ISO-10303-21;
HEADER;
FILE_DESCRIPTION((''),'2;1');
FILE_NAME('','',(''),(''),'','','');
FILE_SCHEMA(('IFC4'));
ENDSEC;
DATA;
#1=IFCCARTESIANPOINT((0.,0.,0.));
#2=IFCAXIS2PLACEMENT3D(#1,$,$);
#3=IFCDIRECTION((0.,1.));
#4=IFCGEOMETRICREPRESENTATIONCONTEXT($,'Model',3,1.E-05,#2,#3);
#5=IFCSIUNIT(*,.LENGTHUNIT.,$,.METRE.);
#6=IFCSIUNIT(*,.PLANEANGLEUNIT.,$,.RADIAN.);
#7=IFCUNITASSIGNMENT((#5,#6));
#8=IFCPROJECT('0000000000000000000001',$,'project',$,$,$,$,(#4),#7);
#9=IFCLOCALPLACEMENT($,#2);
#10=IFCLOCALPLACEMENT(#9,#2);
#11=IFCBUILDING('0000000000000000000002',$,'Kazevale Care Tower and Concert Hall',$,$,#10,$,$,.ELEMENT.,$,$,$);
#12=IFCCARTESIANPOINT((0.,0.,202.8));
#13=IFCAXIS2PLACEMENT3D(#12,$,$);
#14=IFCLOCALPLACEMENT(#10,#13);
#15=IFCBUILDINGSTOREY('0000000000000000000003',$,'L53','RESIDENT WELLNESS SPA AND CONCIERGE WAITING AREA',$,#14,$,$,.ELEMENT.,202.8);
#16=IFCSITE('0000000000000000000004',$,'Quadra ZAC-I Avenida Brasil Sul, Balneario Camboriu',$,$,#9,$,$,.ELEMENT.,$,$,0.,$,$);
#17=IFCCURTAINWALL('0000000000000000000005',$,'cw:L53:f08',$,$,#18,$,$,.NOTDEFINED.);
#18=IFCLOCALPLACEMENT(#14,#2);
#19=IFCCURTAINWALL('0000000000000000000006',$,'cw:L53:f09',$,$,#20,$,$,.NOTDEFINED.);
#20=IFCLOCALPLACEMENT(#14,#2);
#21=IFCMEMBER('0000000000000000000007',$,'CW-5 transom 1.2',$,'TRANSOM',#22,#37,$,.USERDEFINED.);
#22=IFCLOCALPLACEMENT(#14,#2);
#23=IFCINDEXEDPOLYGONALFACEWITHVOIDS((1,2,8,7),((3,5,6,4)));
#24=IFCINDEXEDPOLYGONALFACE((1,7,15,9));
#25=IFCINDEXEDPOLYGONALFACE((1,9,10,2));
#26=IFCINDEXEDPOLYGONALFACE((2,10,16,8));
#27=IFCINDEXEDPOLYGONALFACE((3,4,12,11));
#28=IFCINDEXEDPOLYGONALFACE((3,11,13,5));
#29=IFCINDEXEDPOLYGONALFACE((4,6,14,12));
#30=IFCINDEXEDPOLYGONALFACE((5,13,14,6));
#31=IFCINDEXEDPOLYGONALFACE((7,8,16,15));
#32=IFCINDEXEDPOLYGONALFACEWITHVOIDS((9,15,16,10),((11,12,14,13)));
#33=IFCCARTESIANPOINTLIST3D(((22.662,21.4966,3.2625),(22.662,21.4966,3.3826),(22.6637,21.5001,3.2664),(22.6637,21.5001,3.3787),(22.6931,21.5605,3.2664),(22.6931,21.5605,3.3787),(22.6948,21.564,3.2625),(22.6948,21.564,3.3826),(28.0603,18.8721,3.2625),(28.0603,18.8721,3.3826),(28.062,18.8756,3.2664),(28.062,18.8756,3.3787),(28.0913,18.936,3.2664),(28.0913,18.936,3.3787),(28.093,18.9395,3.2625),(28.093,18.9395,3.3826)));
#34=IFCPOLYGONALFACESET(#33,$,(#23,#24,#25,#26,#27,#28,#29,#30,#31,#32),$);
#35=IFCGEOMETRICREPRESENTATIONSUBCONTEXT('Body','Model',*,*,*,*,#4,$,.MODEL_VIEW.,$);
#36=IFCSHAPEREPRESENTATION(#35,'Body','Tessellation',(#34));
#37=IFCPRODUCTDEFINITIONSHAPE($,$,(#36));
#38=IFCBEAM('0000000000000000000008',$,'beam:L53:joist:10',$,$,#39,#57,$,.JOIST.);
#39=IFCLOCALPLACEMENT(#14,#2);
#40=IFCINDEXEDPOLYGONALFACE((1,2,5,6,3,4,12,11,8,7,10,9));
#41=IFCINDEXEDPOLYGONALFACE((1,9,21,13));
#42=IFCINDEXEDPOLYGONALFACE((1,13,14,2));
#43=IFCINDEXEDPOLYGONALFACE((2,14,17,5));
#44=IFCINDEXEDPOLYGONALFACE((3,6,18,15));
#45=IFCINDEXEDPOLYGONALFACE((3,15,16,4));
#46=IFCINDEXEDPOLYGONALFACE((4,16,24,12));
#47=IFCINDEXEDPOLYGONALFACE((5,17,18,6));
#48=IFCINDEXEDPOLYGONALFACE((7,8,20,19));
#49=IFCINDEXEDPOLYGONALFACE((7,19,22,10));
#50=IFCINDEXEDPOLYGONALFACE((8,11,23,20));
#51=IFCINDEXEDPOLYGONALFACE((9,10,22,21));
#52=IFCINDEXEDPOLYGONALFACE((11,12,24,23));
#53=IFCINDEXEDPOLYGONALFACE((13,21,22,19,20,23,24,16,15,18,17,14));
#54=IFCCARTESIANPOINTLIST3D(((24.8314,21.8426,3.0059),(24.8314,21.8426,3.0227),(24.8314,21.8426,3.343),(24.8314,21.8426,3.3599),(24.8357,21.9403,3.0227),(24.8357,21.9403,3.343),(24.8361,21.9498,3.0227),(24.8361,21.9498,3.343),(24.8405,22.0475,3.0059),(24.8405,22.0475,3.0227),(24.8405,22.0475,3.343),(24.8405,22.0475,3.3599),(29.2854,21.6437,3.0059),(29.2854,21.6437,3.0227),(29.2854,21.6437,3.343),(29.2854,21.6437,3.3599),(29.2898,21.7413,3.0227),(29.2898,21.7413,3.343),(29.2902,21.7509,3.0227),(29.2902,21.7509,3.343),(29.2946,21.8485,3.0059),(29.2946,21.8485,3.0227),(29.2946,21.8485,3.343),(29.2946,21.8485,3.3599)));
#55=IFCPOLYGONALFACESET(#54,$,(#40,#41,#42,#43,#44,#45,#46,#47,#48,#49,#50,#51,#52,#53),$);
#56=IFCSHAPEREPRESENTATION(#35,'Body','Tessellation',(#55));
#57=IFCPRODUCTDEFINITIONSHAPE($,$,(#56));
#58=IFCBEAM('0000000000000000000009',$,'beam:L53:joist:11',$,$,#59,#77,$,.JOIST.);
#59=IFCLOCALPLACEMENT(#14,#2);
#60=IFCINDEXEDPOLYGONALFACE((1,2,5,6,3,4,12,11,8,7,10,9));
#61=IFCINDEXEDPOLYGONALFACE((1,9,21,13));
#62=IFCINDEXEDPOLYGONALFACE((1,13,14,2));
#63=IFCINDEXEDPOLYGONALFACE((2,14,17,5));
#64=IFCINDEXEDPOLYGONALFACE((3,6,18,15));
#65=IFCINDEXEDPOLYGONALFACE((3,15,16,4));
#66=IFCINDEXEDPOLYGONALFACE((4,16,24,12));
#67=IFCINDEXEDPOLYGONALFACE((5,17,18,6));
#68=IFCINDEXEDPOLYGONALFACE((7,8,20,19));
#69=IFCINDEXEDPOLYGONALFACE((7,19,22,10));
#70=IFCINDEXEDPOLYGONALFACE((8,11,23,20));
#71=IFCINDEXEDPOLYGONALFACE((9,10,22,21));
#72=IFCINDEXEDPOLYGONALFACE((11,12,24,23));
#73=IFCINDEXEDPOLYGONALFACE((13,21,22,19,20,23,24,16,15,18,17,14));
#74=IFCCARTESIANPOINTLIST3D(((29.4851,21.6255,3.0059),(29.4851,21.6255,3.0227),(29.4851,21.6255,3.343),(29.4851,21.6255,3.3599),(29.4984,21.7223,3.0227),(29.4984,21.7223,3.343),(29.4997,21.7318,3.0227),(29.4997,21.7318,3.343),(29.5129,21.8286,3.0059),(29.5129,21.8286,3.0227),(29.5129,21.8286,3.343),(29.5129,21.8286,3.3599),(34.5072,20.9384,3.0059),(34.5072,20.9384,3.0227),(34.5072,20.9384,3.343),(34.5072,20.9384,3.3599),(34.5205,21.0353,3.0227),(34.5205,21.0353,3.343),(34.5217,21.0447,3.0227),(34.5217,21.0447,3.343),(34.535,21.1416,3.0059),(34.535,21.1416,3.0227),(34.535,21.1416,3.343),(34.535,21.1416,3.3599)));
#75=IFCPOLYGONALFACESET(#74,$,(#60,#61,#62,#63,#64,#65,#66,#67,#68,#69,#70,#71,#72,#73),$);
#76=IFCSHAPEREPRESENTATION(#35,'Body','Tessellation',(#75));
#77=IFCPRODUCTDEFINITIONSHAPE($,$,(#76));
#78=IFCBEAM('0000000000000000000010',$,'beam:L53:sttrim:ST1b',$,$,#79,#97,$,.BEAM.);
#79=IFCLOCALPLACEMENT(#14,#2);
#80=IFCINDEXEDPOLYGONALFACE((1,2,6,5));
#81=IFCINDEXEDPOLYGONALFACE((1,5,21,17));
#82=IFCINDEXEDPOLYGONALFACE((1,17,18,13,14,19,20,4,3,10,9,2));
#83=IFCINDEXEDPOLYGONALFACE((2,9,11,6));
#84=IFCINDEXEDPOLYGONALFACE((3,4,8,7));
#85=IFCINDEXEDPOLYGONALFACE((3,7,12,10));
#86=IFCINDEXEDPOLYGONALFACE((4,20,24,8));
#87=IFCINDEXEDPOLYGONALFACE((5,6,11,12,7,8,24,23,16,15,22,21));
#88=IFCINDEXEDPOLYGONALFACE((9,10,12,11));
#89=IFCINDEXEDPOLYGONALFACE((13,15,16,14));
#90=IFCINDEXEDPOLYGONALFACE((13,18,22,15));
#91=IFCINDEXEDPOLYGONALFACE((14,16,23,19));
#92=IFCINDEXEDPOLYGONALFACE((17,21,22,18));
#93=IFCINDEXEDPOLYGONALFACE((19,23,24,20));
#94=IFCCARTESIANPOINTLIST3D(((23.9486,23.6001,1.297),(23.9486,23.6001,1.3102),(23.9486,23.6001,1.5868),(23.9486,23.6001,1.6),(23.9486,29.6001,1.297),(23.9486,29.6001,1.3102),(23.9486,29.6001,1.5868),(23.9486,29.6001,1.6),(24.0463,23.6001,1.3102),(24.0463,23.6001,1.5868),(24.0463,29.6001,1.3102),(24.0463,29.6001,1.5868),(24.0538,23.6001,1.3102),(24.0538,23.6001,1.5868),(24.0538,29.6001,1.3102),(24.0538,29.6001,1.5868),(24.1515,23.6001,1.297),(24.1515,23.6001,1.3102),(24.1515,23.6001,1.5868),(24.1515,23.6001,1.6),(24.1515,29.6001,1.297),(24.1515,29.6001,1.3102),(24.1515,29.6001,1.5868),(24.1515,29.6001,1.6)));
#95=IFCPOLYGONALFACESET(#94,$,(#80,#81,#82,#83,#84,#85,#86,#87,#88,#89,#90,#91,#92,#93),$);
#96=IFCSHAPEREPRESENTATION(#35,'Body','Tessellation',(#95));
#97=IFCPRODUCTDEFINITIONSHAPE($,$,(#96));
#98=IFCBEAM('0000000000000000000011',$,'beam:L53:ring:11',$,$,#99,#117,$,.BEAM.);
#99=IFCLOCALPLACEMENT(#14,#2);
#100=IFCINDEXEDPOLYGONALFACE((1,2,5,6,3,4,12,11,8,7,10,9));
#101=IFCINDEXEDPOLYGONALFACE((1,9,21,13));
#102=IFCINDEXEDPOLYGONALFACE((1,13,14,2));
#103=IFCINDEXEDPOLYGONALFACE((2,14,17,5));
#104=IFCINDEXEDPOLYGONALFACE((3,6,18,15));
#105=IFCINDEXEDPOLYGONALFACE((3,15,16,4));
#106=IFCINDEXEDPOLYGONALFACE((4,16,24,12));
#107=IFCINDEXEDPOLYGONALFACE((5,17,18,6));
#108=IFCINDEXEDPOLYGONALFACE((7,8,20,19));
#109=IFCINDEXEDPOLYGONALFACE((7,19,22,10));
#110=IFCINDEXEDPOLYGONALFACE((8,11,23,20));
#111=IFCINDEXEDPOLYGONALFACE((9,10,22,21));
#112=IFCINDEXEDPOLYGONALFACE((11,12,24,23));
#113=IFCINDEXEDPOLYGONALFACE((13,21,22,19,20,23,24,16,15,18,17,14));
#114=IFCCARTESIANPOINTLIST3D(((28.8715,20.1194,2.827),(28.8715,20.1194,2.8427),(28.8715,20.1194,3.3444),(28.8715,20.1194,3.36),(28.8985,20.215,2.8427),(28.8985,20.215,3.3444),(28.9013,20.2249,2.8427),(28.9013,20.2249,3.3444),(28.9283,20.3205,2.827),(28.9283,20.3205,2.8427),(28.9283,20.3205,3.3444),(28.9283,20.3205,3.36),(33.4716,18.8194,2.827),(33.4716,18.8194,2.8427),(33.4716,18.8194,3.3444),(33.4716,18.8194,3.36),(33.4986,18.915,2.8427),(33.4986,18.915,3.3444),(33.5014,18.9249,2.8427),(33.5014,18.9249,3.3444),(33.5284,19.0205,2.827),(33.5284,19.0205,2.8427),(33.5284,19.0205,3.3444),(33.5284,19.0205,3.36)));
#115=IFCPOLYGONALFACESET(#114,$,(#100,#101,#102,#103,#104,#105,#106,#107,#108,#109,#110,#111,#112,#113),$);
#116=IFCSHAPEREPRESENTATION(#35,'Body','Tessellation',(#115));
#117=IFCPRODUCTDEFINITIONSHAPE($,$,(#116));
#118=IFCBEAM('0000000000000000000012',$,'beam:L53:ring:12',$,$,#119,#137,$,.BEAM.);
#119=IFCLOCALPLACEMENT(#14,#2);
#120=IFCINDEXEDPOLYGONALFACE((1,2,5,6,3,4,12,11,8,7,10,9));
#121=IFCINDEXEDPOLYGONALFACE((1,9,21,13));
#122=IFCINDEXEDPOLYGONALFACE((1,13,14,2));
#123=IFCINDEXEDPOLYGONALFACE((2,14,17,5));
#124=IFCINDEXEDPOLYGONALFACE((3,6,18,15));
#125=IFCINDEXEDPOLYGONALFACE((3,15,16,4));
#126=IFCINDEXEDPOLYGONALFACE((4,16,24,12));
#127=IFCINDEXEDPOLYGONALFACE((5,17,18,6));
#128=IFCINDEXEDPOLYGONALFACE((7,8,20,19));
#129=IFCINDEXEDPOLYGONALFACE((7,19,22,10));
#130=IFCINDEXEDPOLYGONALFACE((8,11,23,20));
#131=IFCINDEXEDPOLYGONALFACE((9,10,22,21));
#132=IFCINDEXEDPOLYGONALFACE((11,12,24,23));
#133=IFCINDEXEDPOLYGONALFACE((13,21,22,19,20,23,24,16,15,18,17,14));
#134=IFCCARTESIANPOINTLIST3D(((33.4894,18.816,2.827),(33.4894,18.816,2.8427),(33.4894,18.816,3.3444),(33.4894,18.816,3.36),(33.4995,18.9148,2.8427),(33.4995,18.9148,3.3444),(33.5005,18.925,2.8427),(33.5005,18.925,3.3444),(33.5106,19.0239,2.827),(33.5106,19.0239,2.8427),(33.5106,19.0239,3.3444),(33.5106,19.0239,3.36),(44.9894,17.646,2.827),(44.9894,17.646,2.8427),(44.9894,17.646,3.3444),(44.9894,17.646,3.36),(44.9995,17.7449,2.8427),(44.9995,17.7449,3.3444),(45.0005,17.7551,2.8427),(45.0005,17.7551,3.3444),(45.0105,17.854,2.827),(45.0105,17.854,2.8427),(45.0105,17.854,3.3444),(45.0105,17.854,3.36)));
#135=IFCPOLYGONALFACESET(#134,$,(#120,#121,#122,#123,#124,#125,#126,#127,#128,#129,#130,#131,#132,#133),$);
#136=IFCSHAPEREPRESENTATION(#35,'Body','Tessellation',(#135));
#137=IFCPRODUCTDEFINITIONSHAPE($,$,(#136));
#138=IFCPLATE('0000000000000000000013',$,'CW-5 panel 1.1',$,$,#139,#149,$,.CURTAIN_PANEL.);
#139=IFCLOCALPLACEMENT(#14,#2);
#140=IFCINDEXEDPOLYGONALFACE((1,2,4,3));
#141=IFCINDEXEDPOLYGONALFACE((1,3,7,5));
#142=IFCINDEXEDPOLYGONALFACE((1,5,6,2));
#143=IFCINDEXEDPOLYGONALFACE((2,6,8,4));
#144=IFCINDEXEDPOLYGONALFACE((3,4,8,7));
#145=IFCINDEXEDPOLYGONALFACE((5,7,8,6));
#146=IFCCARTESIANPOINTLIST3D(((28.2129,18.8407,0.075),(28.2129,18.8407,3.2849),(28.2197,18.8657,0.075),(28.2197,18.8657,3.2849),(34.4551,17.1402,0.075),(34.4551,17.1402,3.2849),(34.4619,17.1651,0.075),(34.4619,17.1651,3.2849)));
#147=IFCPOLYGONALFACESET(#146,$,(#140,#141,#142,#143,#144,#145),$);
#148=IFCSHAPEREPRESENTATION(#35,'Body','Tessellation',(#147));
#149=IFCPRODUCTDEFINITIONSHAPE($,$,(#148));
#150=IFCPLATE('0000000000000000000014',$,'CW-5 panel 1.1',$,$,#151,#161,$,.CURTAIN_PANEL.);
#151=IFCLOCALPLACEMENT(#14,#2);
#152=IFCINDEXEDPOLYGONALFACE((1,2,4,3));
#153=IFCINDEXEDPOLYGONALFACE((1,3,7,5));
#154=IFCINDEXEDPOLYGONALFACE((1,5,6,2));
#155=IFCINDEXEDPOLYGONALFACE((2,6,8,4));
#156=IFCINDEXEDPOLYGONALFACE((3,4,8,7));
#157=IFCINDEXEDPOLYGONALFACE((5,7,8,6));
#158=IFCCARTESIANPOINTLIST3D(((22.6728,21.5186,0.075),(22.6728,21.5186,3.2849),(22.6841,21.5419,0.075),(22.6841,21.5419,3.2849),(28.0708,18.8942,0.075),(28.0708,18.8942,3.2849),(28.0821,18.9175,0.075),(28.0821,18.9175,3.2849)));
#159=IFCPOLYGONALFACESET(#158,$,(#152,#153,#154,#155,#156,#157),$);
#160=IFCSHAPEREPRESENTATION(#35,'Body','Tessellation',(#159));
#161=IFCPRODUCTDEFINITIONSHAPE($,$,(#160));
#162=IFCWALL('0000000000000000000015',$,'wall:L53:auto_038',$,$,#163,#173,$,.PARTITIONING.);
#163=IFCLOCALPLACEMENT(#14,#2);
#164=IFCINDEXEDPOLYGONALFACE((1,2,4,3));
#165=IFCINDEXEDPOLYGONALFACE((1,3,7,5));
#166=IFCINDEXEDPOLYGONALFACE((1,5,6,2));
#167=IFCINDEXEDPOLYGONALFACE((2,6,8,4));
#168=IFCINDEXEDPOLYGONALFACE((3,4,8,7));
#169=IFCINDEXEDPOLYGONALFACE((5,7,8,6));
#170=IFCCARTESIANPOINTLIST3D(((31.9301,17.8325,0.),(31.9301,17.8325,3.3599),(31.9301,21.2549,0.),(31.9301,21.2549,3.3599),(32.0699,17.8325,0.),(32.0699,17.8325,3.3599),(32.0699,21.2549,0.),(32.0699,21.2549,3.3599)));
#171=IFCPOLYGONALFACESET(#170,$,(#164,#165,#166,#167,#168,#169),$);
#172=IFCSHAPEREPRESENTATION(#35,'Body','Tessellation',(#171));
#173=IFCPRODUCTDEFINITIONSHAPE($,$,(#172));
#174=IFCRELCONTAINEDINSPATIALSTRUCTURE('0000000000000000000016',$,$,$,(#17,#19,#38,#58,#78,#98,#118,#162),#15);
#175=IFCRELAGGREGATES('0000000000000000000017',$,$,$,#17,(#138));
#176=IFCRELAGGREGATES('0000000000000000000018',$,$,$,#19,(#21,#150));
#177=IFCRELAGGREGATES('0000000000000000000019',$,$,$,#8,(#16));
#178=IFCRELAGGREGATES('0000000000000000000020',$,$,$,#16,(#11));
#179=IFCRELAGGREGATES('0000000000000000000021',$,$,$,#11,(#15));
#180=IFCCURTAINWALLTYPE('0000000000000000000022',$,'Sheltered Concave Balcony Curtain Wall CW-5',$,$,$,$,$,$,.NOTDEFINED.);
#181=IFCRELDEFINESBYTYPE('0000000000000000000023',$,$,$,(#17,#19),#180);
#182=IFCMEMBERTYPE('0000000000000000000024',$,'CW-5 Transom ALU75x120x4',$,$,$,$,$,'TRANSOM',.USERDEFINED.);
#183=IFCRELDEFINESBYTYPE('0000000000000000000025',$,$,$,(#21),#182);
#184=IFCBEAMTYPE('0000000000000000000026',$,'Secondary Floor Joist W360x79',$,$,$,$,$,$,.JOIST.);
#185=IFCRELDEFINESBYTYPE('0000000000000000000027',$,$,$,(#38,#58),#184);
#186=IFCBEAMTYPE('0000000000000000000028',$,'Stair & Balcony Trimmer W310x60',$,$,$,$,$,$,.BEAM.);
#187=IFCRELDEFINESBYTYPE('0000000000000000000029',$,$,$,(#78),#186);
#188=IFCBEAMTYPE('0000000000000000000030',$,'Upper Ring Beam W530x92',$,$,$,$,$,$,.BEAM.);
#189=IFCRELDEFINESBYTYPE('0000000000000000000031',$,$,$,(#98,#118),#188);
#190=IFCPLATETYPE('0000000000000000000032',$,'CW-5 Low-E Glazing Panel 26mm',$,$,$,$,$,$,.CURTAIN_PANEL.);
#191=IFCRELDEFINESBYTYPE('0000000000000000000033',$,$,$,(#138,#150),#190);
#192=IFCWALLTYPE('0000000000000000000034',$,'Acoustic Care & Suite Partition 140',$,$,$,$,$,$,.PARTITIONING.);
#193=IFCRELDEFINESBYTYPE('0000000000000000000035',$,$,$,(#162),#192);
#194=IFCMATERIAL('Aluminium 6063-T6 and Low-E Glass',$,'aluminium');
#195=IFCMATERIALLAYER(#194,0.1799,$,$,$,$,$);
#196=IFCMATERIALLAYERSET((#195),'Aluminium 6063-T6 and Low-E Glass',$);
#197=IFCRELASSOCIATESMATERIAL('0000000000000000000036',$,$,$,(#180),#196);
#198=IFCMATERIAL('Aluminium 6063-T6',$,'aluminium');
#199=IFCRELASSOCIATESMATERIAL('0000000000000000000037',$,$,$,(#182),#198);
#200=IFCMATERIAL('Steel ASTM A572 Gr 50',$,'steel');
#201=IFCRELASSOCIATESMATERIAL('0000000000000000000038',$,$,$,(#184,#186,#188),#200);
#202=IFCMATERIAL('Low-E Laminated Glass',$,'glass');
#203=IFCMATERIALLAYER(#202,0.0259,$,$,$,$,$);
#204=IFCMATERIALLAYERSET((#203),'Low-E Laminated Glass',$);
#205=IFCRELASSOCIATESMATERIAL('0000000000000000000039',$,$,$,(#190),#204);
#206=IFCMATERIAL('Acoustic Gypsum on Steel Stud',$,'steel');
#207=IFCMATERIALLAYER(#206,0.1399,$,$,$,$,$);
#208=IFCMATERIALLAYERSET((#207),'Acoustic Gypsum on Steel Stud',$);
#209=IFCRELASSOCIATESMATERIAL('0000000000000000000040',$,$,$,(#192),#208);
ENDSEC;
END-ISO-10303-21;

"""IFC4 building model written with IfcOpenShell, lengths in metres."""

from ifc_helpers import new_model, si_unit, direction, frame, frame_2d, origin, origin_2d, place, context, subcontext, project, spatial, rectangle, hollow_rectangle, i_section, extrude, material, layer, layer_set, material_profile, profile_set, type_object, element, aggregate, save


model = new_model("IFC4")

# Units and contexts
model_context = context("Model", 3, precision=1e-05, world=origin(), true_north=direction((0.0, 1.0)))
body_context = subcontext(model_context, "Body", "Model", "MODEL_VIEW")
ifc_project = project(units=[si_unit("LENGTHUNIT", "METRE"), si_unit("PLANEANGLEUNIT", "RADIAN")], contexts=[model_context])

# Site, building, storey
site_placement = place(None, origin())
site = spatial("IfcSite", under=ifc_project, at=site_placement, Name="Quadra ZAC-I Avenida Brasil Sul, Balneario Camboriu", CompositionType="ELEMENT", RefElevation=0.0)
building_placement = place(site_placement, origin())
building = spatial("IfcBuilding", under=site, at=building_placement, Name="Kazevale Care Tower and Concert Hall", CompositionType="ELEMENT")
storey_placement = place(building_placement, frame((0.0, 0.0, 202.8)))
storey = spatial("IfcBuildingStorey", under=building, at=storey_placement, Name="L53", Description="RESIDENT WELLNESS SPA AND CONCIERGE WAITING AREA", CompositionType="ELEMENT", Elevation=202.8)

# Curtain walls
ifc_material_1 = material(Name="Aluminium 6063-T6 and Low-E Glass", Category="aluminium")
ifc_layer_1 = layer(ifc_material_1, 0.1799)
ifc_layer_set_1 = layer_set([ifc_layer_1], Name="Aluminium 6063-T6 and Low-E Glass")
curtain_wall_type = type_object("IfcCurtainWallType", Name="Sheltered Concave Balcony Curtain Wall CW-5", PredefinedType="NOTDEFINED", material=ifc_layer_set_1)
curtain_wall_1_placement = place(storey_placement, origin())
curtain_wall_1 = element("IfcCurtainWall", 1, at=curtain_wall_1_placement, inside=storey, type_object=curtain_wall_type, Name="cw:L53:f08", PredefinedType="NOTDEFINED")
ifc_material_2 = material(Name="Aluminium 6063-T6", Category="aluminium")
curtain_wall_2_placement = place(storey_placement, origin())
curtain_wall_2 = element("IfcCurtainWall", 2, at=curtain_wall_2_placement, inside=storey, type_object=curtain_wall_type, Name="cw:L53:f09", PredefinedType="NOTDEFINED")

# Member
ifc_material_profile_1 = material_profile(ifc_material_2, hollow_rectangle(XDim=0.075, YDim=0.1201, WallThickness=0.0039, at=origin_2d()), Name="ALU75x120x4")
ifc_profile_set_1 = profile_set([ifc_material_profile_1], Name="Aluminium 6063-T6")
member_type_1 = type_object("IfcMemberType", Name="CW-5 Transom ALU75x120x4", ElementType="TRANSOM", PredefinedType="USERDEFINED", material=ifc_profile_set_1)
member_1_placement = place(storey_placement, frame((28.0767, 18.9058, 3.3225), z_axis=(-0.899342, 0.437245, 0.0), x_axis=(-0.437245, -0.899342, 0.0)))
member_1 = element("IfcMember", 3, at=member_1_placement, type_object=member_type_1, Name="CW-5 transom 1.2", ObjectType="TRANSOM", PredefinedType="USERDEFINED", context=body_context, shape_type="SweptSolid", body=[
    extrude(hollow_rectangle(XDim=0.075, YDim=0.1201, WallThickness=0.0039, at=origin_2d()), origin(), (0.0, 0.0, 1.0), 6.0024),
])

# Beams
ifc_material_3 = material(Name="Steel ASTM A572 Gr 50", Category="steel")
ifc_material_profile_2 = material_profile(ifc_material_3, i_section(OverallWidth=0.2051, OverallDepth=0.354, WebThickness=0.0095, FlangeThickness=0.0168, at=origin_2d()), Name="W360x79")
ifc_profile_set_2 = profile_set([ifc_material_profile_2], Name="Steel ASTM A572 Gr 50")
beam_type_1 = type_object("IfcBeamType", Name="Secondary Floor Joist W360x79", PredefinedType="JOIST", material=ifc_profile_set_2)
beam_1_placement = place(storey_placement, frame((24.8359, 21.9451, 3.1829), z_axis=(0.999004, -0.044628, 0.0), x_axis=(0.044628, 0.999004, 0.0)))
element("IfcBeam", 4, at=beam_1_placement, inside=storey, type_object=beam_type_1, Name="beam:L53:joist:10", PredefinedType="JOIST", context=body_context, shape_type="SweptSolid", body=[
    extrude(i_section(OverallWidth=0.2051, OverallDepth=0.354, WebThickness=0.0095, FlangeThickness=0.0168, at=origin_2d()), origin(), (0.0, 0.0, 1.0), 4.4585),
])
beam_2_placement = place(storey_placement, frame((29.499, 21.7271, 3.1829), z_axis=(0.990772, -0.135539, 0.0), x_axis=(0.135539, 0.990772, 0.0)))
element("IfcBeam", 5, at=beam_2_placement, inside=storey, type_object=beam_type_1, Name="beam:L53:joist:11", PredefinedType="JOIST", context=body_context, shape_type="SweptSolid", body=[
    extrude(i_section(OverallWidth=0.2051, OverallDepth=0.354, WebThickness=0.0095, FlangeThickness=0.0168, at=origin_2d()), origin(), (0.0, 0.0, 1.0), 5.0688),
])
ifc_material_profile_3 = material_profile(ifc_material_3, i_section(OverallWidth=0.2029, OverallDepth=0.303, WebThickness=0.0076, FlangeThickness=0.0132, at=origin_2d()), Name="W310x60")
ifc_profile_set_3 = profile_set([ifc_material_profile_3], Name="Steel ASTM A572 Gr 50")
beam_type_2 = type_object("IfcBeamType", Name="Stair & Balcony Trimmer W310x60", PredefinedType="BEAM", material=ifc_profile_set_3)
beam_3_placement = place(storey_placement, frame((24.05, 23.6001, 1.4485), z_axis=(0.0, 1.0, 0.0), x_axis=(-1.0, 0.0, 0.0)))
element("IfcBeam", 6, at=beam_3_placement, inside=storey, type_object=beam_type_2, Name="beam:L53:sttrim:ST1b", PredefinedType="BEAM", context=body_context, shape_type="SweptSolid", body=[
    extrude(i_section(OverallWidth=0.2029, OverallDepth=0.303, WebThickness=0.0076, FlangeThickness=0.0132, at=origin_2d()), origin(), (0.0, 0.0, 1.0), 6.0),
])
ifc_material_profile_4 = material_profile(ifc_material_3, i_section(OverallWidth=0.209, OverallDepth=0.533, WebThickness=0.0103, FlangeThickness=0.0156, at=origin_2d()), Name="W530x92")
ifc_profile_set_4 = profile_set([ifc_material_profile_4], Name="Steel ASTM A572 Gr 50")
beam_type_3 = type_object("IfcBeamType", Name="Upper Ring Beam W530x92", PredefinedType="BEAM", material=ifc_profile_set_4)
beam_4_placement = place(storey_placement, frame((28.8999, 20.22, 3.0935), z_axis=(0.962308, -0.271961, 0.0), x_axis=(0.271961, 0.962308, 0.0)))
element("IfcBeam", 7, at=beam_4_placement, inside=storey, type_object=beam_type_3, Name="beam:L53:ring:11", PredefinedType="BEAM", context=body_context, shape_type="SweptSolid", body=[
    extrude(i_section(OverallWidth=0.209, OverallDepth=0.533, WebThickness=0.0103, FlangeThickness=0.0156, at=origin_2d()), origin(), (0.0, 0.0, 1.0), 4.7803),
])
beam_5_placement = place(storey_placement, frame((33.5, 18.9199, 3.0935), z_axis=(0.994865, -0.10121, 0.0), x_axis=(0.10121, 0.994865, 0.0)))
element("IfcBeam", 8, at=beam_5_placement, inside=storey, type_object=beam_type_3, Name="beam:L53:ring:12", PredefinedType="BEAM", context=body_context, shape_type="SweptSolid", body=[
    extrude(i_section(OverallWidth=0.209, OverallDepth=0.533, WebThickness=0.0103, FlangeThickness=0.0156, at=origin_2d()), origin(), (0.0, 0.0, 1.0), 11.5593),
])

# Plates
ifc_material_4 = material(Name="Low-E Laminated Glass", Category="glass")
ifc_layer_2 = layer(ifc_material_4, 0.0259)
ifc_layer_set_2 = layer_set([ifc_layer_2], Name="Low-E Laminated Glass")
plate_type = type_object("IfcPlateType", Name="CW-5 Low-E Glazing Panel 26mm", PredefinedType="CURTAIN_PANEL", material=ifc_layer_set_2)
plate_1_placement = place(storey_placement, frame((31.3374, 18.0029, 0.075), z_axis=(0.0, 0.0, 1.0), x_axis=(-0.964837, 0.262849, 0.0)))
plate_1 = element("IfcPlate", 9, at=plate_1_placement, type_object=plate_type, Name="CW-5 panel 1.1", PredefinedType="CURTAIN_PANEL", context=body_context, shape_type="SweptSolid", body=[
    extrude(rectangle(XDim=6.4697, YDim=0.0259, at=origin_2d()), origin(), (0.0, 0.0, 1.0), 3.21),
])
aggregate(curtain_wall_1, [plate_1])
plate_2_placement = place(storey_placement, frame((25.3774, 20.218, 0.075), z_axis=(0.0, 0.0, 1.0), x_axis=(-0.899346, 0.437238, 0.0)))
plate_2 = element("IfcPlate", 10, at=plate_2_placement, type_object=plate_type, Name="CW-5 panel 1.1", PredefinedType="CURTAIN_PANEL", context=body_context, shape_type="SweptSolid", body=[
    extrude(rectangle(XDim=6.0022, YDim=0.0259, at=origin_2d()), origin(), (0.0, 0.0, 1.0), 3.21),
])
aggregate(curtain_wall_2, [member_1, plate_2])

# Wall
ifc_material_5 = material(Name="Acoustic Gypsum on Steel Stud", Category="steel")
ifc_layer_3 = layer(ifc_material_5, 0.1399)
ifc_layer_set_3 = layer_set([ifc_layer_3], Name="Acoustic Gypsum on Steel Stud")
wall_type_1 = type_object("IfcWallType", Name="Acoustic Care & Suite Partition 140", PredefinedType="PARTITIONING", material=ifc_layer_set_3)
wall_1_placement = place(storey_placement, frame((32.0, 21.2549, 0.0), z_axis=(0.0, 0.0, 1.0), x_axis=(0.0, -1.0, 0.0)))
element("IfcWall", 11, at=wall_1_placement, inside=storey, type_object=wall_type_1, Name="wall:L53:auto_038", PredefinedType="PARTITIONING", context=body_context, shape_type="SweptSolid", body=[
    extrude(rectangle(XDim=3.4224, YDim=0.1399, at=frame_2d((1.7112, 0.0))), origin(), (0.0, 0.0, 1.0), 3.3599),
])

save(model, "model.ifc")
